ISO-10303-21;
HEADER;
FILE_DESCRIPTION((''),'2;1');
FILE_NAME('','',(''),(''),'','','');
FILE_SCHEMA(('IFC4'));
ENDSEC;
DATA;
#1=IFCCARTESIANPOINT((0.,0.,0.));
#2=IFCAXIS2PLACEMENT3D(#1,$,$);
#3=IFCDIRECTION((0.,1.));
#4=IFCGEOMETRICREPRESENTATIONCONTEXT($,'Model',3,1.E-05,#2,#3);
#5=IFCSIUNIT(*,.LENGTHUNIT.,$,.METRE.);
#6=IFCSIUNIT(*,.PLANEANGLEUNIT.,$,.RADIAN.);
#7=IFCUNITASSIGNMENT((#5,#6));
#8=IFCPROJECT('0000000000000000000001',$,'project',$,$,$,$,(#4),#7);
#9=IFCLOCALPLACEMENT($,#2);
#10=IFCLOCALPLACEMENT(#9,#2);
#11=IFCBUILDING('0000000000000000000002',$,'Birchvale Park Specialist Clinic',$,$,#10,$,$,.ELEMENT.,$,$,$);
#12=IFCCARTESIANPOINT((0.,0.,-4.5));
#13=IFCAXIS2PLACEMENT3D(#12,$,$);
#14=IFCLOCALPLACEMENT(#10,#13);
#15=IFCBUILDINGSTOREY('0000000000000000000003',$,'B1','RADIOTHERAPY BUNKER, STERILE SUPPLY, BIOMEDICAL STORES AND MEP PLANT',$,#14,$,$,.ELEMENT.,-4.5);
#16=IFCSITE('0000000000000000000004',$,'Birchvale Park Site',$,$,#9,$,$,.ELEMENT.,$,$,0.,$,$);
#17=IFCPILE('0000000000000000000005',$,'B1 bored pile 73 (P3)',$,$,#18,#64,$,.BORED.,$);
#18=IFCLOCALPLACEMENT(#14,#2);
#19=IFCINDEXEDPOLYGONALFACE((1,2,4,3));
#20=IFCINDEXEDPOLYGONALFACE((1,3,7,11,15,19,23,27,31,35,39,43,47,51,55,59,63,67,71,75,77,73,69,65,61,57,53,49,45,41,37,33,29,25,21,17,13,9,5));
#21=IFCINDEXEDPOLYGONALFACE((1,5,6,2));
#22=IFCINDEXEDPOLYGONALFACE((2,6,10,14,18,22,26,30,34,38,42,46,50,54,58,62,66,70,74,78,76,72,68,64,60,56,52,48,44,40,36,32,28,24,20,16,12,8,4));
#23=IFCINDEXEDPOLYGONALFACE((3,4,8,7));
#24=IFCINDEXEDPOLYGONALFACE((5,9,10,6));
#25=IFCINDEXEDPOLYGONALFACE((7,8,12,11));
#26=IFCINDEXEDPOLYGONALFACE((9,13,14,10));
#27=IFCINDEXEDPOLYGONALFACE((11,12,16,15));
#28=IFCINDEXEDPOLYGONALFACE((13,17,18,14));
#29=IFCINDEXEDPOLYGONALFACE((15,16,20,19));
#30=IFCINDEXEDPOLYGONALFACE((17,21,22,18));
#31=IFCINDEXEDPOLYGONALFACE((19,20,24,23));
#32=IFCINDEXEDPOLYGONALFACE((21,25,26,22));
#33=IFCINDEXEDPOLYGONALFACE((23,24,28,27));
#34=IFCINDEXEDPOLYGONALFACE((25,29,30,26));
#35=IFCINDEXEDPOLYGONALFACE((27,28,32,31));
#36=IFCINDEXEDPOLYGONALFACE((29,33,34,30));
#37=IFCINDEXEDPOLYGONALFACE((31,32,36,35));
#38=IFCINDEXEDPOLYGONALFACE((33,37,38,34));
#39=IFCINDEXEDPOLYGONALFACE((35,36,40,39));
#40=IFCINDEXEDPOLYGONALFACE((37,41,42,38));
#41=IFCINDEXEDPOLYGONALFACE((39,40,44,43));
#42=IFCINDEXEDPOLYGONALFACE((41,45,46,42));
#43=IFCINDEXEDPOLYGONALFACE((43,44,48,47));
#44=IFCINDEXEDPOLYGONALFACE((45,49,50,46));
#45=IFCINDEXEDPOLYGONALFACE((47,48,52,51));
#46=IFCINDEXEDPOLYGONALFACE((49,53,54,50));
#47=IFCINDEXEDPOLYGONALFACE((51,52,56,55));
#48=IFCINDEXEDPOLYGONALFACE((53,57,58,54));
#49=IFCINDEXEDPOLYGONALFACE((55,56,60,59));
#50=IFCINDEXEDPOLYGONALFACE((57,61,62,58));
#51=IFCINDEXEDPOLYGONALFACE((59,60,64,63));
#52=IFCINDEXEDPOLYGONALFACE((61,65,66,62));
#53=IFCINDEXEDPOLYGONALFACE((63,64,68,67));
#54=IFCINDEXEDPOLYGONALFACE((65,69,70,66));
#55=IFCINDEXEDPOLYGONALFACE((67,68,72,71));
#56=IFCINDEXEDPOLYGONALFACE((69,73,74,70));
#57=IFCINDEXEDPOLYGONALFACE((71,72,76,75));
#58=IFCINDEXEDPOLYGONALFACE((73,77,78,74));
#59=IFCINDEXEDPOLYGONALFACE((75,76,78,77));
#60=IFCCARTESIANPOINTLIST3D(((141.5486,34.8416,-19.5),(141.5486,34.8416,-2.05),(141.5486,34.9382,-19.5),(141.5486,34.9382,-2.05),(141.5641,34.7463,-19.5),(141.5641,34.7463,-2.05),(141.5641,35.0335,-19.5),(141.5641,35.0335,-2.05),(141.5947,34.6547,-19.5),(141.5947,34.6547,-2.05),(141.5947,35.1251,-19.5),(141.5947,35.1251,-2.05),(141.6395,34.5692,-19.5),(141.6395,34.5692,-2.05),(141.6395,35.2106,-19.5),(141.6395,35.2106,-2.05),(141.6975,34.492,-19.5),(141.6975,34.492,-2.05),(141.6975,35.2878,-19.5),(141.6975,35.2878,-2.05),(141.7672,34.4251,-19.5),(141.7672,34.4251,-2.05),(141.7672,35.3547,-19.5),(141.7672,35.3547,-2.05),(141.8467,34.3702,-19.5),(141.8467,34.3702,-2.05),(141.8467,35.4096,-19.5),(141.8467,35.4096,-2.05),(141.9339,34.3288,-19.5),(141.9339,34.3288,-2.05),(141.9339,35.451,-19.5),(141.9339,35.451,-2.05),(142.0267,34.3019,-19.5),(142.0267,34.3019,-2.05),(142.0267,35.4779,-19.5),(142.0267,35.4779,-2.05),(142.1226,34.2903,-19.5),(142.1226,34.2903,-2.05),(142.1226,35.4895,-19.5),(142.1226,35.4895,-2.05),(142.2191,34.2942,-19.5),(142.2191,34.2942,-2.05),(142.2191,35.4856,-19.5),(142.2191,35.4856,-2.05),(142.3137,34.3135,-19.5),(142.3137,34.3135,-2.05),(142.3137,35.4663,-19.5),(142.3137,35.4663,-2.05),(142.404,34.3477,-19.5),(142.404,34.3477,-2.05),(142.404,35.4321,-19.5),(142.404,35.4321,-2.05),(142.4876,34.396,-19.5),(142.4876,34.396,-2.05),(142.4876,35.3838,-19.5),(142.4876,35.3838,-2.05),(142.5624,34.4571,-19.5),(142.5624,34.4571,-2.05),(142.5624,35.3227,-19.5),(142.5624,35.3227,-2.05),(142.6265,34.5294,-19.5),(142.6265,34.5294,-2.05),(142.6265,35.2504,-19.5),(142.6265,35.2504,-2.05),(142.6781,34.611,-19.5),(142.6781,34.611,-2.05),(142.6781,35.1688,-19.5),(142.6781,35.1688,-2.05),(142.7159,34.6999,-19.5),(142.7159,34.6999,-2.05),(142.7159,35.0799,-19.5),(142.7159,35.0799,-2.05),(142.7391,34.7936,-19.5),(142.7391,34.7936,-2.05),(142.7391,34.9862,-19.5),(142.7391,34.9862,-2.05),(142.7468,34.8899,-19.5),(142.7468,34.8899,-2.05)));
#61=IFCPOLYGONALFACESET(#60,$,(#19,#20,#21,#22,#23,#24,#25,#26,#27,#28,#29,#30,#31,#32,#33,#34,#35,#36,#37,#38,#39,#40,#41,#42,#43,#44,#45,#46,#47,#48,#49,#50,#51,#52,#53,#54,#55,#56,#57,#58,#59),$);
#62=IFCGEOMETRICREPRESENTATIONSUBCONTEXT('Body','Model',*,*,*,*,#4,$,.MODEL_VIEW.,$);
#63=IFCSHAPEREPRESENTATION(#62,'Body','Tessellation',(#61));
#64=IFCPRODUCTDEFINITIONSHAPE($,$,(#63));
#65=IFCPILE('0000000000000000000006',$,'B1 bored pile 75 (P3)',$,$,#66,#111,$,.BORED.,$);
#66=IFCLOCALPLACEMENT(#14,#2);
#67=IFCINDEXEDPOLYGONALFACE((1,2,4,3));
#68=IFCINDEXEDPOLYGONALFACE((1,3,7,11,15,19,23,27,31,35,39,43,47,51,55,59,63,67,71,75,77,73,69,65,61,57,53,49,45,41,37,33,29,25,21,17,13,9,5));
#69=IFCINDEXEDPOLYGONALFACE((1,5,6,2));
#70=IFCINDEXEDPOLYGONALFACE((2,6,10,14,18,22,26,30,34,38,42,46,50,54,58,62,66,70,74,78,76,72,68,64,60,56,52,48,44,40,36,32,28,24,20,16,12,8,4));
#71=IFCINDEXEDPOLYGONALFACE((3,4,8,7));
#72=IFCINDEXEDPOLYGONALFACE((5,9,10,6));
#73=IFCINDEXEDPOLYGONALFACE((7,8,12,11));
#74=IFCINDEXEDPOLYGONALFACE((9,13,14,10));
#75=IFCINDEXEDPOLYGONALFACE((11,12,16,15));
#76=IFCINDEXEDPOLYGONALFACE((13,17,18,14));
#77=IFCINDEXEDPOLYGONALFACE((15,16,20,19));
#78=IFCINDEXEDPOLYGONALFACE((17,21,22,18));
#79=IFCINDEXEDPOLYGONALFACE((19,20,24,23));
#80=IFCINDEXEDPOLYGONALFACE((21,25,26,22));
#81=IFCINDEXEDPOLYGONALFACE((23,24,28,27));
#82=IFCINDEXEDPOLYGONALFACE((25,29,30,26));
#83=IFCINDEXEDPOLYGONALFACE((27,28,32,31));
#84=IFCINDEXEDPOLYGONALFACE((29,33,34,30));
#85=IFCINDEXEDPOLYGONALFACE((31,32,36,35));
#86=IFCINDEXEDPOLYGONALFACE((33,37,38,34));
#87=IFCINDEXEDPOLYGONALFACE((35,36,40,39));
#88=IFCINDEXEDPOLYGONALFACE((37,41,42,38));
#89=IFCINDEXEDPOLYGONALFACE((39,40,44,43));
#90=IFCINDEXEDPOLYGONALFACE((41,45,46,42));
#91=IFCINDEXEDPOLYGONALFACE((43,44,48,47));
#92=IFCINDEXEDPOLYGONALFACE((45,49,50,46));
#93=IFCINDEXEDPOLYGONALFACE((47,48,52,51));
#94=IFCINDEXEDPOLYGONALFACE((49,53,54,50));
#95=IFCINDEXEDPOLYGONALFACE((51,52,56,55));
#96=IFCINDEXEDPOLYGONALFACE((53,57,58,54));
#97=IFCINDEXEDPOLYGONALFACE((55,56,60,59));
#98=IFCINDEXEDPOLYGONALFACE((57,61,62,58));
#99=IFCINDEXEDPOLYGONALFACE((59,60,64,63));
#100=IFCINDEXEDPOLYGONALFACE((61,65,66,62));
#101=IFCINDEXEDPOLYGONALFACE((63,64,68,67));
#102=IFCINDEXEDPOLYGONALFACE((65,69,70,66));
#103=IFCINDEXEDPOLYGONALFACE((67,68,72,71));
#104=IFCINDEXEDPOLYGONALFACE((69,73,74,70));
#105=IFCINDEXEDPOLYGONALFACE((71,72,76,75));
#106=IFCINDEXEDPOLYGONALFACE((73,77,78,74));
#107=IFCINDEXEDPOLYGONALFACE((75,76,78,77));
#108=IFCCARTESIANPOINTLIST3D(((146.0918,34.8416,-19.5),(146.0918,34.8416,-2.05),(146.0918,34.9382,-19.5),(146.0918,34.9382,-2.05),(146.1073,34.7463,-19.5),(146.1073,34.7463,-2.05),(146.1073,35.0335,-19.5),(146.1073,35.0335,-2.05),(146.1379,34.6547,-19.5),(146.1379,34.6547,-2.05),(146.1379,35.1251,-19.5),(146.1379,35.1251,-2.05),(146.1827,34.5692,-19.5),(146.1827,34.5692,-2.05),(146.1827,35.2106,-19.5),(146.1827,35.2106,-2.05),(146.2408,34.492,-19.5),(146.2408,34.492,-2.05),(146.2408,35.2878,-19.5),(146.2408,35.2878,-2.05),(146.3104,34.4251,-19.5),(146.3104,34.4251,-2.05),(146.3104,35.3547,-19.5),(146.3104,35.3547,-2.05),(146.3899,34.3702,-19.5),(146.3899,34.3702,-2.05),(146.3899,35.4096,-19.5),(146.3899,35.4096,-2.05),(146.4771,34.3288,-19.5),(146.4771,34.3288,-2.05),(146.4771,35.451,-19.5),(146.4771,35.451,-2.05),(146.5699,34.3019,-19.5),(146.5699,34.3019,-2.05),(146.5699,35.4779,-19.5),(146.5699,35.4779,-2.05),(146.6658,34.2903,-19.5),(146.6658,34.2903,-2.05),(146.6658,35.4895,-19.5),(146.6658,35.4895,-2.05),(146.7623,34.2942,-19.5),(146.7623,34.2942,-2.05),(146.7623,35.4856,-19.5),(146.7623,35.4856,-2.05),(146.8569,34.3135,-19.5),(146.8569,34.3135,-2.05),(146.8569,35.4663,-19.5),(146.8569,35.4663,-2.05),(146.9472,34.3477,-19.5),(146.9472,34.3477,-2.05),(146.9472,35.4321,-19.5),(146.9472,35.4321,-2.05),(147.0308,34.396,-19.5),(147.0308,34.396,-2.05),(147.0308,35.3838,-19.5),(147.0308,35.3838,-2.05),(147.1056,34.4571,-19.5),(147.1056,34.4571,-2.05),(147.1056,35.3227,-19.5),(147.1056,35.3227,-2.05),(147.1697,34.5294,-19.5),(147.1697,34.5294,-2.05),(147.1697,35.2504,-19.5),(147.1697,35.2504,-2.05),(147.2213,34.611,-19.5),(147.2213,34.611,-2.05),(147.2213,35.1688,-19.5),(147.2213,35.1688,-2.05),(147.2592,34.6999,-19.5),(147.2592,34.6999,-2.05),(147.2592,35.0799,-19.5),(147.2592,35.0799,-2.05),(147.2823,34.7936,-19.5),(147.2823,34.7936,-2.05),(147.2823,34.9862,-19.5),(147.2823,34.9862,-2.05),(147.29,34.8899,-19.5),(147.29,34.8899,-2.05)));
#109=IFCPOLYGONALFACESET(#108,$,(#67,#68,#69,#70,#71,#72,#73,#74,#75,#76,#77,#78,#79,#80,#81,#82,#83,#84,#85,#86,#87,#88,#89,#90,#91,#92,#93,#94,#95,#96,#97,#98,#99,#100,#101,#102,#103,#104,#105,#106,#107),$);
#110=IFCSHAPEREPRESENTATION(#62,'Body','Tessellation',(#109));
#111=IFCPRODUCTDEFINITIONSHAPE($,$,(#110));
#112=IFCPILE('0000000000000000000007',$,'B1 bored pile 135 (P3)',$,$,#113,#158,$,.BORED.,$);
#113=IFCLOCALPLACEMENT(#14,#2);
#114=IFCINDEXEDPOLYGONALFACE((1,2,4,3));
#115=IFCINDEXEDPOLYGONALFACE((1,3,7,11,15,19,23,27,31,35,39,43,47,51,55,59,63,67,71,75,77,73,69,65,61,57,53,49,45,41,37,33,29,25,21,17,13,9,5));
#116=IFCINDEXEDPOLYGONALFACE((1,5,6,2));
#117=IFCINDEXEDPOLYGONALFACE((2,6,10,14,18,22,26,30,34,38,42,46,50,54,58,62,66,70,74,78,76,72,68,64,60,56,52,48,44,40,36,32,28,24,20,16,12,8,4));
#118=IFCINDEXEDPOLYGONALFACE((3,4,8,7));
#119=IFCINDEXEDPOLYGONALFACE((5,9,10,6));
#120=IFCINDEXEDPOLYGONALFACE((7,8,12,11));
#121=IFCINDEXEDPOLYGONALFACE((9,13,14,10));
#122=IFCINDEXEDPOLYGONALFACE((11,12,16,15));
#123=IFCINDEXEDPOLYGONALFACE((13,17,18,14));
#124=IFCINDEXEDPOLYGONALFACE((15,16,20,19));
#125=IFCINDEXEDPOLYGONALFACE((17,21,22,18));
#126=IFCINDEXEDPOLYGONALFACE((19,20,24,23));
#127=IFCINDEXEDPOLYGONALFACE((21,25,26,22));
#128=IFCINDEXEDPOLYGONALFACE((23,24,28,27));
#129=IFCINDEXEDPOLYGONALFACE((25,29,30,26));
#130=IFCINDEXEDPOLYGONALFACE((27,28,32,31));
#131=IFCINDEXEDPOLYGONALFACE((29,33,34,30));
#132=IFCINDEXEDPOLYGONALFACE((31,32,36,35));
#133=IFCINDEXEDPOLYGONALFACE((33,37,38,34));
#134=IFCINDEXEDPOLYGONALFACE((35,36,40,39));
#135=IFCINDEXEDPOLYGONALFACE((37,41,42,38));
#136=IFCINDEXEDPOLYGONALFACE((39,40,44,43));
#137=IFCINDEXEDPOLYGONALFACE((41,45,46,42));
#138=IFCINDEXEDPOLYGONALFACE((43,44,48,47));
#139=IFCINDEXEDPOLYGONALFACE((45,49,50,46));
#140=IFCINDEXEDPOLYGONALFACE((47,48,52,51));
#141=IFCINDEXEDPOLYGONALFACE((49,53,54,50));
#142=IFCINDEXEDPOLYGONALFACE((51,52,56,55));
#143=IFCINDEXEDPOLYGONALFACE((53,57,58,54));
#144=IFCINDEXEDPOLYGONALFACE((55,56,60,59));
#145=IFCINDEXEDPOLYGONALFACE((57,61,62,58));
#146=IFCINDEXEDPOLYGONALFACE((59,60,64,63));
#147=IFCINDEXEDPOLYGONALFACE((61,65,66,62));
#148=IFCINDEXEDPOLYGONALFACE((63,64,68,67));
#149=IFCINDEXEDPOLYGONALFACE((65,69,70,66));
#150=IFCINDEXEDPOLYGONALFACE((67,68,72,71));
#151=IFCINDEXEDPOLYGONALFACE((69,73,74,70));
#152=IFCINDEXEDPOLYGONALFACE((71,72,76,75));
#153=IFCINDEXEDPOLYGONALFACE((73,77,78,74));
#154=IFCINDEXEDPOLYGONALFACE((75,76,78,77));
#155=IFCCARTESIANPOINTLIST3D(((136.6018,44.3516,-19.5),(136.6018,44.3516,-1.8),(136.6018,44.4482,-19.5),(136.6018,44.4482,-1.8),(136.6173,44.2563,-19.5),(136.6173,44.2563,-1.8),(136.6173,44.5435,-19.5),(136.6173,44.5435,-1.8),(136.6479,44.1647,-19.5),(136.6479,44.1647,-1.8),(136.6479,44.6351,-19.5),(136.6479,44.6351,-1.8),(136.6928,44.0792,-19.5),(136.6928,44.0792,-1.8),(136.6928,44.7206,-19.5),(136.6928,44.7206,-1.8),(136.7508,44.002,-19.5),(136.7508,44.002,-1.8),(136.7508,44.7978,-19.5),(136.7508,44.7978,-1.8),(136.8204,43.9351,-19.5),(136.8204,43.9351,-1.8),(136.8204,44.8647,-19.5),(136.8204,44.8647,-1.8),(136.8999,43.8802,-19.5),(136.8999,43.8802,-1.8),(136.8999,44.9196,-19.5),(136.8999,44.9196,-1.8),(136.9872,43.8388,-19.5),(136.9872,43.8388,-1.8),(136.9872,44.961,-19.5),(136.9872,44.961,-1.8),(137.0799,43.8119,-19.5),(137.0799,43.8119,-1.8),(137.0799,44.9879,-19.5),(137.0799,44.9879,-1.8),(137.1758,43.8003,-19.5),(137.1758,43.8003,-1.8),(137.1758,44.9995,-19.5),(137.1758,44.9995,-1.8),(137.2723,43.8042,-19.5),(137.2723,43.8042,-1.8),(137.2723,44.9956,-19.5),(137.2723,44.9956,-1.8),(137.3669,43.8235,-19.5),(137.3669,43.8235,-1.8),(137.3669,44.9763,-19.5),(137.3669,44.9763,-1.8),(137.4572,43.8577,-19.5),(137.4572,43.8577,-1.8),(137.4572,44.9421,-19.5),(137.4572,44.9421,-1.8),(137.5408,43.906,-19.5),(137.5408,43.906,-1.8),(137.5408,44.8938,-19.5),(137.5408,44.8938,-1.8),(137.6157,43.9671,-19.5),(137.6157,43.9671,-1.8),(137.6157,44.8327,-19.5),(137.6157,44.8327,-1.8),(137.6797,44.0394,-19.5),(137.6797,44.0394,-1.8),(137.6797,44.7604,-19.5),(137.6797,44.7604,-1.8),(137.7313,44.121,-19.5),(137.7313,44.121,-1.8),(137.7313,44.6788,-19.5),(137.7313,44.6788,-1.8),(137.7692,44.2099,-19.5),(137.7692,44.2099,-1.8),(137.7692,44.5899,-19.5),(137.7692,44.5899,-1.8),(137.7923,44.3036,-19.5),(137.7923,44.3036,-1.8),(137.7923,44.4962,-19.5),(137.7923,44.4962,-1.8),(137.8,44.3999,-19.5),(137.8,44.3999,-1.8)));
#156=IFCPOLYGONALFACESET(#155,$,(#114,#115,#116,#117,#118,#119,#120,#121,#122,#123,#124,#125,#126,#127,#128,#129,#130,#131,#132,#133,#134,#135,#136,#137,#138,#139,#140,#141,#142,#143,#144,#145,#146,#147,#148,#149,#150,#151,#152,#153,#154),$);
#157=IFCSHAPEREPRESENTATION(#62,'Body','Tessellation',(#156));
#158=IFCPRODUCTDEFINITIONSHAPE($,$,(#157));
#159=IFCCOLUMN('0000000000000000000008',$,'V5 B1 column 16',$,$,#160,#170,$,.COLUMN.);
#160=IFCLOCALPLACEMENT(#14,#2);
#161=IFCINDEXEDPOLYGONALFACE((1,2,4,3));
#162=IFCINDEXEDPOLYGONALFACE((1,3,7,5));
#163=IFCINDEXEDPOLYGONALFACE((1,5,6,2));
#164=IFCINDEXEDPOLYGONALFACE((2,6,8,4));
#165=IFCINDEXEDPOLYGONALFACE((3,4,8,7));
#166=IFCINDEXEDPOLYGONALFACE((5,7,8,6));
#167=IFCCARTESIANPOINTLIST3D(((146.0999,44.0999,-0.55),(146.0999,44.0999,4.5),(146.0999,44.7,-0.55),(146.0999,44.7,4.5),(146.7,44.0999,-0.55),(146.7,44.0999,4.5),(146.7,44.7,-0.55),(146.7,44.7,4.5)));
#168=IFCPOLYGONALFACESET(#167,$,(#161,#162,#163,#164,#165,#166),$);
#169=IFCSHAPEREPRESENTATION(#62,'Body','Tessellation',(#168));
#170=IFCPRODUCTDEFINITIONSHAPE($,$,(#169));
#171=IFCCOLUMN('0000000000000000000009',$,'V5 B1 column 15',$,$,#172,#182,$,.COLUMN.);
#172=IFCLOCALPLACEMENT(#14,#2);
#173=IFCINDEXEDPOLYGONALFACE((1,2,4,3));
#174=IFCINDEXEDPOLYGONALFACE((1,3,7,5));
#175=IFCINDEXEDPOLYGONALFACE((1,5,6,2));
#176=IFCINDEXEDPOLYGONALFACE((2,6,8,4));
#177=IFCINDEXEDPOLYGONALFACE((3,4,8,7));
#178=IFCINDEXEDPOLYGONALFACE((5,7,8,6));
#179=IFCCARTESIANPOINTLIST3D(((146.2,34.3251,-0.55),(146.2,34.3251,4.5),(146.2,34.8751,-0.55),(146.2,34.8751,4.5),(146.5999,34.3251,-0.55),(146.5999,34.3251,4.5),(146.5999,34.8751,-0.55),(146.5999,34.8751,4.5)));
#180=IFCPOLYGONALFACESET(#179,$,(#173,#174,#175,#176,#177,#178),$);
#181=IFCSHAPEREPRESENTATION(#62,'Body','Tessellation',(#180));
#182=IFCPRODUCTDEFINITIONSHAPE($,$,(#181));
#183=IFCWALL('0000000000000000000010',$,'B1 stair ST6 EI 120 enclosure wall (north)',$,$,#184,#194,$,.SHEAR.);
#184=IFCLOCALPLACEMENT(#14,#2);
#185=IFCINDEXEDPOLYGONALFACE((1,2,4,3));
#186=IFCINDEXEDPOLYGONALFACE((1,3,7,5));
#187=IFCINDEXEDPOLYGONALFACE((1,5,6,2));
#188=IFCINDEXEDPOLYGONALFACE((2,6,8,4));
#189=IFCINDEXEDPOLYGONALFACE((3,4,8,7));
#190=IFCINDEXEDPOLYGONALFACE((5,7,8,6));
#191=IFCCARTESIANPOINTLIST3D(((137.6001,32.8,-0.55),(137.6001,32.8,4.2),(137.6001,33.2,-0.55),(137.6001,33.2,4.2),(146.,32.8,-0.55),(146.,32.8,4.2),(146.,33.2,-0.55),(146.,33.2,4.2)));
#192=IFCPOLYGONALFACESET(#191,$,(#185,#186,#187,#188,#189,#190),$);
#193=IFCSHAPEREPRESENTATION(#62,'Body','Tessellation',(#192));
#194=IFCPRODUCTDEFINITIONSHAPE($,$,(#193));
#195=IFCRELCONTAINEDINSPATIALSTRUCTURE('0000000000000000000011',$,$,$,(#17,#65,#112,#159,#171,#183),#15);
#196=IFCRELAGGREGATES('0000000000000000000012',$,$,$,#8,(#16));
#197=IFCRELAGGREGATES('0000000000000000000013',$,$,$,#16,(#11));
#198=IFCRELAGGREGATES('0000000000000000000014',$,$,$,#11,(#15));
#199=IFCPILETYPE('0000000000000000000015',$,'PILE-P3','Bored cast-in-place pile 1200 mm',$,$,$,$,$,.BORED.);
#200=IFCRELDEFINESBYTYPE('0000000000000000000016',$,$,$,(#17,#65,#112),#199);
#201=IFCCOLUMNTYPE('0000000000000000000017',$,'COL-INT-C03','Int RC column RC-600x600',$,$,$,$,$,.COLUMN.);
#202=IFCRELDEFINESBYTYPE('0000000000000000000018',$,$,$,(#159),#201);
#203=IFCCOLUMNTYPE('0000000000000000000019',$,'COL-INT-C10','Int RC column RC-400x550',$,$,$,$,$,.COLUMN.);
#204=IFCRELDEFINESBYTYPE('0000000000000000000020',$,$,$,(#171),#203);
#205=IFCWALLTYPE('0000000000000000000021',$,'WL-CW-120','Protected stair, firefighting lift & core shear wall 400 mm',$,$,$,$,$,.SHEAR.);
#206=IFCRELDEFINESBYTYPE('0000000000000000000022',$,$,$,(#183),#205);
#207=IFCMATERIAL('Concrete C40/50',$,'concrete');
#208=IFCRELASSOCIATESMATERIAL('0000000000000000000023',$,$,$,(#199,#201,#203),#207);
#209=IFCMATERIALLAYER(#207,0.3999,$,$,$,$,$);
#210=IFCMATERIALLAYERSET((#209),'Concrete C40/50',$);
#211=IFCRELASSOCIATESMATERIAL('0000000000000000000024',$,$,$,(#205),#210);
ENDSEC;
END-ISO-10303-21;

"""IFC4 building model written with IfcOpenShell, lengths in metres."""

from ifc_helpers import new_model, si_unit, direction, frame, frame_2d, origin, origin_2d, place, context, subcontext, project, spatial, rectangle, circle, extrude, material, layer, layer_set, material_profile, profile_set, type_object, element, save


model = new_model("IFC4")

# Units and contexts
model_context = context("Model", 3, precision=1e-05, world=origin(), true_north=direction((0.0, 1.0)))
body_context = subcontext(model_context, "Body", "Model", "MODEL_VIEW")
ifc_project = project(units=[si_unit("LENGTHUNIT", "METRE"), si_unit("PLANEANGLEUNIT", "RADIAN")], contexts=[model_context])

# Site, building, storey
site_placement = place(None, origin())
site = spatial("IfcSite", under=ifc_project, at=site_placement, Name="Birchvale Park Site", CompositionType="ELEMENT", RefElevation=0.0)
building_placement = place(site_placement, origin())
building = spatial("IfcBuilding", under=site, at=building_placement, Name="Birchvale Park Specialist Clinic", CompositionType="ELEMENT")
storey_placement = place(building_placement, frame((0.0, 0.0, -4.5)))
storey = spatial("IfcBuildingStorey", under=building, at=storey_placement, Name="B1", Description="RADIOTHERAPY BUNKER, STERILE SUPPLY, BIOMEDICAL STORES AND MEP PLANT", CompositionType="ELEMENT", Elevation=-4.5)

# Shared definitions
ifc_material_1 = material(Name="Concrete C40/50", Category="concrete")

# Piles
ifc_material_profile_1 = material_profile(ifc_material_1, circle(Radius=0.6001, at=origin_2d()), Name="PILE-1200")
ifc_profile_set_1 = profile_set([ifc_material_profile_1], Name="Concrete C40/50")
pile_type_1 = type_object("IfcPileType", Name="PILE-P3", Description="Bored cast-in-place pile 1200 mm", PredefinedType="BORED", material=ifc_profile_set_1)
for number, where, z_axis, x_axis, name in (
    (1, (142.1467, 34.8899, -2.05), (0.0, 0.0, -1.0), (1.0, 0.0, 0.0), "B1 bored pile 73 (P3)"),
    (2, (146.6899, 34.8899, -2.05), (0.0, 0.0, -1.0), (1.0, 0.0, 0.0), "B1 bored pile 75 (P3)"),
):
    element("IfcPile", number, at=place(storey_placement, frame(where, z_axis=z_axis, x_axis=x_axis)), inside=storey, type_object=pile_type_1, Name=name, PredefinedType="BORED", context=body_context, shape_type="SweptSolid", body=[
        extrude(circle(Radius=0.6001, at=origin_2d()), origin(), (0.0, 0.0, 1.0), 17.45),
    ])
pile_1_placement = place(storey_placement, frame((137.2, 44.3999, -1.8), z_axis=(0.0, 0.0, -1.0), x_axis=(1.0, 0.0, 0.0)))
element("IfcPile", 3, at=pile_1_placement, inside=storey, type_object=pile_type_1, Name="B1 bored pile 135 (P3)", PredefinedType="BORED", context=body_context, shape_type="SweptSolid", body=[
    extrude(circle(Radius=0.6001, at=origin_2d()), origin(), (0.0, 0.0, 1.0), 17.7),
])

# Columns
ifc_material_profile_2 = material_profile(ifc_material_1, rectangle(XDim=0.6001, YDim=0.6001, at=origin_2d()), Name="RC-600x600")
ifc_profile_set_2 = profile_set([ifc_material_profile_2], Name="Concrete C40/50")
column_type_1 = type_object("IfcColumnType", Name="COL-INT-C03", Description="Int RC column RC-600x600", PredefinedType="COLUMN", material=ifc_profile_set_2)
column_1_placement = place(storey_placement, frame((146.3999, 44.3999, -0.55), z_axis=(0.0, 0.0, 1.0), x_axis=(1.0, 0.0, 0.0)))
element("IfcColumn", 4, at=column_1_placement, inside=storey, type_object=column_type_1, Name="V5 B1 column 16", PredefinedType="COLUMN", context=body_context, shape_type="SweptSolid", body=[
    extrude(rectangle(XDim=0.6001, YDim=0.6001, at=origin_2d()), origin(), (0.0, 0.0, 1.0), 5.05),
])
ifc_material_profile_3 = material_profile(ifc_material_1, rectangle(XDim=0.3999, YDim=0.55, at=origin_2d()), Name="RC-400x550")
ifc_profile_set_3 = profile_set([ifc_material_profile_3], Name="Concrete C40/50")
column_type_2 = type_object("IfcColumnType", Name="COL-INT-C10", Description="Int RC column RC-400x550", PredefinedType="COLUMN", material=ifc_profile_set_3)
column_2_placement = place(storey_placement, frame((146.3999, 34.6001, -0.55), z_axis=(0.0, 0.0, 1.0), x_axis=(1.0, 0.0, 0.0)))
element("IfcColumn", 5, at=column_2_placement, inside=storey, type_object=column_type_2, Name="V5 B1 column 15", PredefinedType="COLUMN", context=body_context, shape_type="SweptSolid", body=[
    extrude(rectangle(XDim=0.3999, YDim=0.55, at=origin_2d()), origin(), (0.0, 0.0, 1.0), 5.05),
])

# Wall
ifc_layer_1 = layer(ifc_material_1, 0.3999)
ifc_layer_set_1 = layer_set([ifc_layer_1], Name="Concrete C40/50")
wall_type_1 = type_object("IfcWallType", Name="WL-CW-120", Description="Protected stair, firefighting lift & core shear wall 400 mm", PredefinedType="SHEAR", material=ifc_layer_set_1)
wall_1_placement = place(storey_placement, frame((146.0, 33.0, -0.55), z_axis=(0.0, 0.0, 1.0), x_axis=(-1.0, 0.0, 0.0)))
element("IfcWall", 6, at=wall_1_placement, inside=storey, type_object=wall_type_1, Name="B1 stair ST6 EI 120 enclosure wall (north)", PredefinedType="SHEAR", context=body_context, shape_type="SweptSolid", body=[
    extrude(rectangle(XDim=8.3999, YDim=0.3999, at=frame_2d((4.2, 0.0))), origin(), (0.0, 0.0, 1.0), 4.75),
])

save(model, "model.ifc")
